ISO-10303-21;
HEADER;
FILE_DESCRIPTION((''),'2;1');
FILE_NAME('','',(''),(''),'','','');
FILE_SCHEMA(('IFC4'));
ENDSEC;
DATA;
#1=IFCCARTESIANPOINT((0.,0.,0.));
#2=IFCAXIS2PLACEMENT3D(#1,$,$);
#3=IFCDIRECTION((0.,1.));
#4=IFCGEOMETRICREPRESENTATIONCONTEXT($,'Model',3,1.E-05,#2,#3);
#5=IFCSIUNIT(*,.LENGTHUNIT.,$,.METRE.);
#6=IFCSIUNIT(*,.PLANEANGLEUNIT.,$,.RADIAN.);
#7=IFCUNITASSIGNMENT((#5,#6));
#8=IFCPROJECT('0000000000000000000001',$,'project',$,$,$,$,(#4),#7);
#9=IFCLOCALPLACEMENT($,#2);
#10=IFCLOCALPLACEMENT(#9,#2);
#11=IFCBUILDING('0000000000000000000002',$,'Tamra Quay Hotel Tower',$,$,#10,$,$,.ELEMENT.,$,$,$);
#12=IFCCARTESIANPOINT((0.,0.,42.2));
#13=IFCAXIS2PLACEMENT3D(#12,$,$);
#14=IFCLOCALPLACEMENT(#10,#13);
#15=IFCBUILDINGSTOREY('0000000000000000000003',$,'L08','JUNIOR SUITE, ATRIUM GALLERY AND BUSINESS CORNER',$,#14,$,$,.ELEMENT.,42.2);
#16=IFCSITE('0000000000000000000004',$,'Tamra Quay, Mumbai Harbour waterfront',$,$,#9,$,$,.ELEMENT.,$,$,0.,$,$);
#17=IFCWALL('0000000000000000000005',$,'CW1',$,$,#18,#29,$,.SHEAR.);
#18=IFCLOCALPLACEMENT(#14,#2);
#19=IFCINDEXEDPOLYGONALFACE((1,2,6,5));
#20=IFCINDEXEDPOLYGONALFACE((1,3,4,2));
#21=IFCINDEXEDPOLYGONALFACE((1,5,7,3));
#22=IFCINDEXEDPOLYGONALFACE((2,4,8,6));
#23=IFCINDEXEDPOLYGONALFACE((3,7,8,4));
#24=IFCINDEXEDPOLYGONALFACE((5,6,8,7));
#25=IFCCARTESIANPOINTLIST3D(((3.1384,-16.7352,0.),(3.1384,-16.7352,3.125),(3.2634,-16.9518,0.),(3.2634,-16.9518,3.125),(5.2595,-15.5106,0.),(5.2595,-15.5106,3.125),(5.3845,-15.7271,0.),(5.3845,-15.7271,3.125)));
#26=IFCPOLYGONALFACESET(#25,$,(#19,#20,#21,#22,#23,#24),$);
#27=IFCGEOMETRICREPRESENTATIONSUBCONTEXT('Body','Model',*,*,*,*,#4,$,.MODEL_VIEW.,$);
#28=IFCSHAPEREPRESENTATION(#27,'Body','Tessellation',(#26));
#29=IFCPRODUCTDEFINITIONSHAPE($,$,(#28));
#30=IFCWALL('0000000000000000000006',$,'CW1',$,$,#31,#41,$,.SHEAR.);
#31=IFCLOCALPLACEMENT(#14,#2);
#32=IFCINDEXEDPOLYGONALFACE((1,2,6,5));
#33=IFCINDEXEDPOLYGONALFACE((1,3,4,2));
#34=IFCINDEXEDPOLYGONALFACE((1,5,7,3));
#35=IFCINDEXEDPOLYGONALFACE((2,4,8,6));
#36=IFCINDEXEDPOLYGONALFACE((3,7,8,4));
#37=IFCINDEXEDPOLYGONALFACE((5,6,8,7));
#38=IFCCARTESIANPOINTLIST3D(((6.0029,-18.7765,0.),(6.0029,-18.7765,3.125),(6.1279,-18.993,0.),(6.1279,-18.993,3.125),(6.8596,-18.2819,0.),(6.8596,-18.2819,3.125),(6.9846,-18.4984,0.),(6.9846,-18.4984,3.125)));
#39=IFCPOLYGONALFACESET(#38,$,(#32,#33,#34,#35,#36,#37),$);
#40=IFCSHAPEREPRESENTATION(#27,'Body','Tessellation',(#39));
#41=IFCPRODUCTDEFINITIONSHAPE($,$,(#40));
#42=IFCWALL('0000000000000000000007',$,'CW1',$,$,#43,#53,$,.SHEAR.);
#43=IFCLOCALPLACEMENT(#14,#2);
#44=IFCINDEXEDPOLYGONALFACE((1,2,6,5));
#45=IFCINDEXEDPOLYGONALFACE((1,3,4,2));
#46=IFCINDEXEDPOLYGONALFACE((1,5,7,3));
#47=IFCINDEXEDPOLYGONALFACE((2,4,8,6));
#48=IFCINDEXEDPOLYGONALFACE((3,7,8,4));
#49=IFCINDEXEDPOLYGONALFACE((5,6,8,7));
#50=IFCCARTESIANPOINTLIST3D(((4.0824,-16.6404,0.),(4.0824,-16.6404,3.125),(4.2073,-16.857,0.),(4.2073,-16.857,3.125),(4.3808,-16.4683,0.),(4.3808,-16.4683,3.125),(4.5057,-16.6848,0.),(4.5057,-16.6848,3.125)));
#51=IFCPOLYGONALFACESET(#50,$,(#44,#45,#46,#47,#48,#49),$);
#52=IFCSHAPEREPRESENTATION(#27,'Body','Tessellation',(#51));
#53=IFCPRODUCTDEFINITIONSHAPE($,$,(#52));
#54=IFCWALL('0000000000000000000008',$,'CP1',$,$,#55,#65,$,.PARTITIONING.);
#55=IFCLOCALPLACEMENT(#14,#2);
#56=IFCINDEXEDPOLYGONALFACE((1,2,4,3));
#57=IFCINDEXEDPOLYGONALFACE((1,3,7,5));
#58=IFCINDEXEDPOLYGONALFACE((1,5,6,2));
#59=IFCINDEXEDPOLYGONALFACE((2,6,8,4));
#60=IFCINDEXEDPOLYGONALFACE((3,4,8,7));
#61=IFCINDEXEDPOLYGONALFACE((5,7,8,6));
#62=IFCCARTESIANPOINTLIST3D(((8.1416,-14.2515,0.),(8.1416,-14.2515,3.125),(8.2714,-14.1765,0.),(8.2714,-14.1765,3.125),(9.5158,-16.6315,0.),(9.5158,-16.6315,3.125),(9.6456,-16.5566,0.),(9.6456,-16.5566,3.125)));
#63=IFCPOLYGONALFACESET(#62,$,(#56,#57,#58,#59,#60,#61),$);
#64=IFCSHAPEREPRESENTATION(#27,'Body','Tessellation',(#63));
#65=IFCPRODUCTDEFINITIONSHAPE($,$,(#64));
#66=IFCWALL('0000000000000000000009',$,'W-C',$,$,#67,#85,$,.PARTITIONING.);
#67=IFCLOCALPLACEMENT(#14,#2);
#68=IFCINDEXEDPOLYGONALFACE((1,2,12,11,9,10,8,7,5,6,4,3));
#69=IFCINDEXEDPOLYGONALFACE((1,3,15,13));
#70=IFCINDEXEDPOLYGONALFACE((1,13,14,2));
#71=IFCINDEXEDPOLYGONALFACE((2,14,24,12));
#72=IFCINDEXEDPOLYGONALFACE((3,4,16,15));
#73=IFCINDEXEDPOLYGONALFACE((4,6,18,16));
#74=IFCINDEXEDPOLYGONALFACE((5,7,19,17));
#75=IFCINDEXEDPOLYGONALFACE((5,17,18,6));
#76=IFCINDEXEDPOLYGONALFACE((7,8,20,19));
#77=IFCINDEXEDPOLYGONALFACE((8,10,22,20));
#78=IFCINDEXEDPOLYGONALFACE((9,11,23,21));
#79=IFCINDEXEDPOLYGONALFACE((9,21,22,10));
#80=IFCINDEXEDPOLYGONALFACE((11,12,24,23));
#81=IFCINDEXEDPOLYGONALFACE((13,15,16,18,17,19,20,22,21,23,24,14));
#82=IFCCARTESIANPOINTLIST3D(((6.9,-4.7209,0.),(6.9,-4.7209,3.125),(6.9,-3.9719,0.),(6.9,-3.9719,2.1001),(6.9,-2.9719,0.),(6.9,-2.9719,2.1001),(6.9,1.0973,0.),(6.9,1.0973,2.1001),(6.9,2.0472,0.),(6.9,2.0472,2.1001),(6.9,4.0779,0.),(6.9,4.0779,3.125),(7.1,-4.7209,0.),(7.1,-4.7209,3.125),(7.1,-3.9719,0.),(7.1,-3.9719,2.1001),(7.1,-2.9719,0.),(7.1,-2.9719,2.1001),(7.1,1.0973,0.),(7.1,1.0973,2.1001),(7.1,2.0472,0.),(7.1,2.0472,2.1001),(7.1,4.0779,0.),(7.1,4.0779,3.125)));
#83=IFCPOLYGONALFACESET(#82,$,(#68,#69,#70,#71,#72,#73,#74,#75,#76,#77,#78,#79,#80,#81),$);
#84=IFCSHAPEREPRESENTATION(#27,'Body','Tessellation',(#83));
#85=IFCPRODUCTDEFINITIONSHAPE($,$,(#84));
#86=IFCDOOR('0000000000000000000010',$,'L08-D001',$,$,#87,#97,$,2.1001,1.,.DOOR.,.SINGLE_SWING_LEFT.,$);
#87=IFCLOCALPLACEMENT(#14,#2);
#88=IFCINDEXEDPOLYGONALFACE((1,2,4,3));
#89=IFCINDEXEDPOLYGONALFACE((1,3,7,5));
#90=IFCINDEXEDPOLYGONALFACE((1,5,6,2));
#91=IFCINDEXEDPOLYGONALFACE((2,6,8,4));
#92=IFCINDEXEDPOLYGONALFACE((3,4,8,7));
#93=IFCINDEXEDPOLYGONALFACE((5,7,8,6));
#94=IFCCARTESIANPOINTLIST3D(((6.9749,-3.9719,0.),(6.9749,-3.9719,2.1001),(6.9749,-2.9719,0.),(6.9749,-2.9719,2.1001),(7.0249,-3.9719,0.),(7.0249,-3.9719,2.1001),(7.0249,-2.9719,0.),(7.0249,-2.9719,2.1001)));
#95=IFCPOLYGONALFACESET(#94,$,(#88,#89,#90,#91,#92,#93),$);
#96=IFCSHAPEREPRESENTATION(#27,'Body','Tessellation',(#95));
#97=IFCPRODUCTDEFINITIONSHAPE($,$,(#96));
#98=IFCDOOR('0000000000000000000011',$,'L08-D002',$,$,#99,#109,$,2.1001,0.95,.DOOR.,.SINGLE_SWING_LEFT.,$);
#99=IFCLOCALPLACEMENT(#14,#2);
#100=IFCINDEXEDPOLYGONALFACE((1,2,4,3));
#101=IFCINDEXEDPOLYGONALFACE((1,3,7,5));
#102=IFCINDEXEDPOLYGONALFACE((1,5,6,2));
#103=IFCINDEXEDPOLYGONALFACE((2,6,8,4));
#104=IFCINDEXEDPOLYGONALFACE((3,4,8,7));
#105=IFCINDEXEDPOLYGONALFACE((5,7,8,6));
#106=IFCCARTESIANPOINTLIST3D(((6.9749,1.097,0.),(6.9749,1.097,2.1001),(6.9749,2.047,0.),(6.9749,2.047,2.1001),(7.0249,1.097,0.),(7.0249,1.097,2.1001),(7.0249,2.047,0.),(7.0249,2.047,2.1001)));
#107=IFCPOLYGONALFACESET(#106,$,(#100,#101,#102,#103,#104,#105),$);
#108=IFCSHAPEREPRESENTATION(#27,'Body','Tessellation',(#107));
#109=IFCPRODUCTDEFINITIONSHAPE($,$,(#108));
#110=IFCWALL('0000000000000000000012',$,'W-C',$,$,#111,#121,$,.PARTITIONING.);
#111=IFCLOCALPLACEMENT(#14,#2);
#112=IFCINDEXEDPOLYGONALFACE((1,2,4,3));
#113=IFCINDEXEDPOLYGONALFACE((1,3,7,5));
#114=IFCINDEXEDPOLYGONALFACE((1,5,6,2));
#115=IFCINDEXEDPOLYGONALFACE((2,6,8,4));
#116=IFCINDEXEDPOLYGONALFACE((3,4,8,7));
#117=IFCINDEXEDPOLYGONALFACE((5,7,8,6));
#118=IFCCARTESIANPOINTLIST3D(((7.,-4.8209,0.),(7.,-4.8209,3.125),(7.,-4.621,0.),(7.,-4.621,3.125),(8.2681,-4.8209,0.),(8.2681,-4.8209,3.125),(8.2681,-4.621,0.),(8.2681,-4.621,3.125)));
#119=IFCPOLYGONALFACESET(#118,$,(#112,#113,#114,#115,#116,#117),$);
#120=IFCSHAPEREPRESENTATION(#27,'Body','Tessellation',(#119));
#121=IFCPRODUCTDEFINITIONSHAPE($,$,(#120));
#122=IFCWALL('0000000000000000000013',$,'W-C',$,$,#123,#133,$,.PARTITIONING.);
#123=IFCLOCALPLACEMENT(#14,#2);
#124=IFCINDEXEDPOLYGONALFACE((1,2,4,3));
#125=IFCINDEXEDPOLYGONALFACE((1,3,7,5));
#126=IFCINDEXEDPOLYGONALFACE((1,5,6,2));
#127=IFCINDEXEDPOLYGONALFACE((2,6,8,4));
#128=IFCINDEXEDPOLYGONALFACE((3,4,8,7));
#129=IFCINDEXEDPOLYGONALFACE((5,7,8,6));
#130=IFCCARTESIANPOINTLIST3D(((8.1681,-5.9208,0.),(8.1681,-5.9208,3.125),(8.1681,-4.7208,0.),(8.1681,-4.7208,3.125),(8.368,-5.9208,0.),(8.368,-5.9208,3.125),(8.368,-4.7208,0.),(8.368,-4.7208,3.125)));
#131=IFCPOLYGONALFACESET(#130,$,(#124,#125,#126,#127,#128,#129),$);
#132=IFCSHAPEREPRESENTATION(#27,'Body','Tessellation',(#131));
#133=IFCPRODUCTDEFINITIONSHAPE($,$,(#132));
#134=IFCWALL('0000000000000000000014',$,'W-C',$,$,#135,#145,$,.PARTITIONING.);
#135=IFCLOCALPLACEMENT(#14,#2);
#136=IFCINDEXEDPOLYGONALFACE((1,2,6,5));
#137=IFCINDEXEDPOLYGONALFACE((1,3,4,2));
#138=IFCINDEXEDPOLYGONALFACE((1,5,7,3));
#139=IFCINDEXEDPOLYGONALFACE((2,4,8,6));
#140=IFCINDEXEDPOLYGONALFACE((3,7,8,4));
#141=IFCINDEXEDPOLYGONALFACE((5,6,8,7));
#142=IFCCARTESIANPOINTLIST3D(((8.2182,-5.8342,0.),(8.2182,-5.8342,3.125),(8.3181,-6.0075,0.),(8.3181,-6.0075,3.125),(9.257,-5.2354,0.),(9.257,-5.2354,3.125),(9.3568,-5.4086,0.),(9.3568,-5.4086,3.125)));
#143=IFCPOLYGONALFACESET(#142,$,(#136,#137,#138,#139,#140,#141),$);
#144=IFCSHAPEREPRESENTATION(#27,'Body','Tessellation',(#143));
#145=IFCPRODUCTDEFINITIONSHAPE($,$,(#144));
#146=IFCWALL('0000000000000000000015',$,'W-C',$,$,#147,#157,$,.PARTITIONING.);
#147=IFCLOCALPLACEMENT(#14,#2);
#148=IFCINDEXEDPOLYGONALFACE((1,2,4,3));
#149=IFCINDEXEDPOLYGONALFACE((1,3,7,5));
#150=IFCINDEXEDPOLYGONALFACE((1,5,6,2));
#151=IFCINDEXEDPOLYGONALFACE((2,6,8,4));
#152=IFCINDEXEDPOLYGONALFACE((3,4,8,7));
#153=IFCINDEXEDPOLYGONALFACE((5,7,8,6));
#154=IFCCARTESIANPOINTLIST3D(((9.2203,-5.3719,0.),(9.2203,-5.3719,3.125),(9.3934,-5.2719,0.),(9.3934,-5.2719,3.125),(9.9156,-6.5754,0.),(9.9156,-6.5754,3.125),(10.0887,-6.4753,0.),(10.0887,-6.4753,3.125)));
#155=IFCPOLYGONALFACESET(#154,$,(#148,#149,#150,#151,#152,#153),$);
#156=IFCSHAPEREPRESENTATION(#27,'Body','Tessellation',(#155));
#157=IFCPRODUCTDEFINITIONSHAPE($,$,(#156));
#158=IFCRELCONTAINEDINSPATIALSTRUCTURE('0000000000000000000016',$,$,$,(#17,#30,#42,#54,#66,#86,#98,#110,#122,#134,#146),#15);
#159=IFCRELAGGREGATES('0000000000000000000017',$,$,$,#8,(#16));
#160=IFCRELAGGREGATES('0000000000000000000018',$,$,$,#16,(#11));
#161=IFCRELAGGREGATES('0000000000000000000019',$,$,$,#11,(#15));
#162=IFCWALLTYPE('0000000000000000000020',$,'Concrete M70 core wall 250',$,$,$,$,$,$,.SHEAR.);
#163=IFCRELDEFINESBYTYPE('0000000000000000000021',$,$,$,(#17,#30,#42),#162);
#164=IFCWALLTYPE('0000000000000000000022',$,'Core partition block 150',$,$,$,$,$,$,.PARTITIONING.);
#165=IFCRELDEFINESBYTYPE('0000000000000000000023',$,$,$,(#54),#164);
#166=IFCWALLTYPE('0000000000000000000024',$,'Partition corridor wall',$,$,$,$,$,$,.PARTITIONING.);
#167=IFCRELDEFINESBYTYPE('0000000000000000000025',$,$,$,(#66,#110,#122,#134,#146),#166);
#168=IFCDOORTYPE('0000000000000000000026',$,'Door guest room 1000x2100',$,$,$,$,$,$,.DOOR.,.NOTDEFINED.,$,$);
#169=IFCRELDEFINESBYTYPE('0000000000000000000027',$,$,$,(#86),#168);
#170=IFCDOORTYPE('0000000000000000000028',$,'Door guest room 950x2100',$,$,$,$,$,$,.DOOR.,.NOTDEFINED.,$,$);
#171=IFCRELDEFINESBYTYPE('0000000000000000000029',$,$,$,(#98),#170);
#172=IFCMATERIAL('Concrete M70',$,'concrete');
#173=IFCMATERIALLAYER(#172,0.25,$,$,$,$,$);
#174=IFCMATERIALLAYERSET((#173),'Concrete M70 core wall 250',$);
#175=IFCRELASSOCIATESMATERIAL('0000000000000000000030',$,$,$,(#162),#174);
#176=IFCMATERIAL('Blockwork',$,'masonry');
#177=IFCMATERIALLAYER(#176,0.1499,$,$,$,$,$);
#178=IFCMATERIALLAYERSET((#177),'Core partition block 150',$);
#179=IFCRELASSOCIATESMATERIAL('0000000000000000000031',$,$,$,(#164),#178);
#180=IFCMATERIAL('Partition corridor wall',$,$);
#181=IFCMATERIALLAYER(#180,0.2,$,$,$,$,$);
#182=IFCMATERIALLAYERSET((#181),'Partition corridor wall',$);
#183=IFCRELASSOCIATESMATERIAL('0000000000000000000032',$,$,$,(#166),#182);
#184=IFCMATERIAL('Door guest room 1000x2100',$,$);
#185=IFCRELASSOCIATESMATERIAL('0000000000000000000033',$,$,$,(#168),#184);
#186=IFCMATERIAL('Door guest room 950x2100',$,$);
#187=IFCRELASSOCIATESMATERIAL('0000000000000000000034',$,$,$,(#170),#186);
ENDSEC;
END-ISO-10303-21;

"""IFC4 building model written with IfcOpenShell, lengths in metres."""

from ifc_helpers import new_model, si_unit, direction, frame, frame_2d, origin, place, context, subcontext, project, spatial, rectangle, extrude, material, layer, layer_set, type_object, element, fill, save


model = new_model("IFC4")

# Units and contexts
model_context = context("Model", 3, precision=1e-05, world=origin(), true_north=direction((0.0, 1.0)))
body_context = subcontext(model_context, "Body", "Model", "MODEL_VIEW")
ifc_project = project(units=[si_unit("LENGTHUNIT", "METRE"), si_unit("PLANEANGLEUNIT", "RADIAN")], contexts=[model_context])

# Site, building, storey
site_placement = place(None, origin())
site = spatial("IfcSite", under=ifc_project, at=site_placement, Name="Tamra Quay, Mumbai Harbour waterfront", CompositionType="ELEMENT", RefElevation=0.0)
building_placement = place(site_placement, origin())
building = spatial("IfcBuilding", under=site, at=building_placement, Name="Tamra Quay Hotel Tower", CompositionType="ELEMENT")
storey_placement = place(building_placement, frame((0.0, 0.0, 42.2)))
storey = spatial("IfcBuildingStorey", under=building, at=storey_placement, Name="L08", Description="JUNIOR SUITE, ATRIUM GALLERY AND BUSINESS CORNER", CompositionType="ELEMENT", Elevation=42.2)

# Shared definitions
ifc_material_1 = material(Name="Concrete M70", Category="concrete")

# Walls
ifc_layer_1 = layer(ifc_material_1, 0.25)
ifc_layer_set_1 = layer_set([ifc_layer_1], Name="Concrete M70 core wall 250")
wall_type_1 = type_object("IfcWallType", Name="Concrete M70 core wall 250", PredefinedType="SHEAR", material=ifc_layer_set_1)
wall_1_placement = place(storey_placement, frame((5.322, -15.6189, 0.0), z_axis=(0.0, 0.0, 1.0), x_axis=(-0.866026, -0.499999, 0.0)))
element("IfcWall", 1, at=wall_1_placement, inside=storey, type_object=wall_type_1, Name="CW1", PredefinedType="SHEAR", context=body_context, shape_type="SweptSolid", body=[
    extrude(rectangle(XDim=2.4492, YDim=0.25, at=frame_2d((1.2246, 0.0))), origin(), (0.0, 0.0, 1.0), 3.125),
])
wall_2_placement = place(storey_placement, frame((6.0654, -18.8848, 0.0), z_axis=(0.0, 0.0, 1.0), x_axis=(0.866017, 0.500014, 0.0)))
element("IfcWall", 2, at=wall_2_placement, inside=storey, type_object=wall_type_1, Name="CW1", PredefinedType="SHEAR", context=body_context, shape_type="SweptSolid", body=[
    extrude(rectangle(XDim=0.9893, YDim=0.25, at=frame_2d((0.4946, 0.0))), origin(), (0.0, 0.0, 1.0), 3.125),
])
wall_3_placement = place(storey_placement, frame((4.1448, -16.7488, 0.0), z_axis=(0.0, 0.0, 1.0), x_axis=(0.866186, 0.499722, 0.0)))
element("IfcWall", 3, at=wall_3_placement, inside=storey, type_object=wall_type_1, Name="CW1", PredefinedType="SHEAR", context=body_context, shape_type="SweptSolid", body=[
    extrude(rectangle(XDim=0.3445, YDim=0.25, at=frame_2d((0.1724, 0.0))), origin(), (0.0, 0.0, 1.0), 3.125),
])
ifc_material_2 = material(Name="Blockwork", Category="masonry")
ifc_layer_2 = layer(ifc_material_2, 0.1499)
ifc_layer_set_2 = layer_set([ifc_layer_2], Name="Core partition block 150")
wall_type_2 = type_object("IfcWallType", Name="Core partition block 150", PredefinedType="PARTITIONING", material=ifc_layer_set_2)
wall_4_placement = place(storey_placement, frame((8.2065, -14.2141, 0.0), z_axis=(0.0, 0.0, 1.0), x_axis=(0.500027, -0.86601, 0.0)))
element("IfcWall", 4, at=wall_4_placement, inside=storey, type_object=wall_type_2, Name="CP1", PredefinedType="PARTITIONING", context=body_context, shape_type="SweptSolid", body=[
    extrude(rectangle(XDim=2.7483, YDim=0.1499, at=frame_2d((1.374, 0.0))), origin(), (0.0, 0.0, 1.0), 3.125),
])

# Wall, openings, doors
ifc_material_3 = material(Name="Partition corridor wall")
ifc_layer_3 = layer(ifc_material_3, 0.2)
ifc_layer_set_3 = layer_set([ifc_layer_3], Name="Partition corridor wall")
wall_type_3 = type_object("IfcWallType", Name="Partition corridor wall", PredefinedType="PARTITIONING", material=ifc_layer_set_3)
wall_5_placement = place(storey_placement, frame((7.0, -4.7209, 0.0), z_axis=(0.0, 0.0, 1.0), x_axis=(0.0, 1.0, 0.0)))
wall_5 = element("IfcWall", 5, at=wall_5_placement, inside=storey, type_object=wall_type_3, Name="W-C", PredefinedType="PARTITIONING", context=body_context, shape_type="SweptSolid", body=[
    extrude(rectangle(XDim=8.7988, YDim=0.2, at=frame_2d((4.3994, 0.0))), origin(), (0.0, 0.0, 1.0), 3.125),
])
opening_1_placement = place(wall_5_placement, frame((0.749, 0.0, 0.0)))
opening_1 = element("IfcOpeningElement", 6, at=opening_1_placement, cuts=wall_5, PredefinedType="OPENING", context=body_context, shape_type="SweptSolid", body=[
    extrude(rectangle(XDim=1.0, YDim=2.1001, at=frame_2d((0.5, 1.05))), frame((0.0, 0.1099, 0.0), z_axis=(0.0, -1.0, 0.0), x_axis=(1.0, 0.0, 0.0)), (0.0, 0.0, 1.0), 0.22),
])
opening_2_placement = place(wall_5_placement, frame((5.8181, 0.0, 0.0)))
opening_2 = element("IfcOpeningElement", 7, at=opening_2_placement, cuts=wall_5, PredefinedType="OPENING", context=body_context, shape_type="SweptSolid", body=[
    extrude(rectangle(XDim=0.95, YDim=2.1001, at=frame_2d((0.4751, 1.05))), frame((0.0, 0.1099, 0.0), z_axis=(0.0, -1.0, 0.0), x_axis=(1.0, 0.0, 0.0)), (0.0, 0.0, 1.0), 0.22),
])
ifc_material_4 = material(Name="Door guest room 1000x2100")
door_type_1 = type_object("IfcDoorType", Name="Door guest room 1000x2100", OperationType="NOTDEFINED", PredefinedType="DOOR", material=ifc_material_4)
door_1_placement = place(opening_1_placement, frame((1.0, 0.0, 0.0), z_axis=(0.0, 0.0, 1.0), x_axis=(-1.0, 0.0, 0.0)))
door_1 = element("IfcDoor", 8, at=door_1_placement, inside=storey, type_object=door_type_1, Name="L08-D001", OperationType="SINGLE_SWING_LEFT", OverallHeight=2.1001, OverallWidth=1.0, PredefinedType="DOOR", context=body_context, shape_type="SweptSolid", body=[
    extrude(rectangle(XDim=1.0, YDim=2.1001, at=frame_2d((0.5, 1.05))), frame((0.0, 0.0249, 0.0), z_axis=(0.0, -1.0, 0.0), x_axis=(1.0, 0.0, 0.0)), (0.0, 0.0, 1.0), 0.05),
])
fill(opening_1, door_1)
ifc_material_5 = material(Name="Door guest room 950x2100")
door_type_2 = type_object("IfcDoorType", Name="Door guest room 950x2100", OperationType="NOTDEFINED", PredefinedType="DOOR", material=ifc_material_5)
door_2_placement = place(opening_2_placement, frame((0.95, 0.0, 0.0), z_axis=(0.0, 0.0, 1.0), x_axis=(-1.0, 0.0, 0.0)))
door_2 = element("IfcDoor", 9, at=door_2_placement, inside=storey, type_object=door_type_2, Name="L08-D002", OperationType="SINGLE_SWING_LEFT", OverallHeight=2.1001, OverallWidth=0.95, PredefinedType="DOOR", context=body_context, shape_type="SweptSolid", body=[
    extrude(rectangle(XDim=0.95, YDim=2.1001, at=frame_2d((0.4751, 1.05))), frame((0.0, 0.0249, 0.0), z_axis=(0.0, -1.0, 0.0), x_axis=(1.0, 0.0, 0.0)), (0.0, 0.0, 1.0), 0.05),
])
fill(opening_2, door_2)

# Walls
wall_6_placement = place(storey_placement, frame((7.0, -4.7209, 0.0), z_axis=(0.0, 0.0, 1.0), x_axis=(1.0, 0.0, 0.0)))
element("IfcWall", 10, at=wall_6_placement, inside=storey, type_object=wall_type_3, Name="W-C", PredefinedType="PARTITIONING", context=body_context, shape_type="SweptSolid", body=[
    extrude(rectangle(XDim=1.2681, YDim=0.2, at=frame_2d((0.634, 0.0))), origin(), (0.0, 0.0, 1.0), 3.125),
])
wall_7_placement = place(storey_placement, frame((8.2681, -5.9209, 0.0), z_axis=(0.0, 0.0, 1.0), x_axis=(0.0, 1.0, 0.0)))
element("IfcWall", 11, at=wall_7_placement, inside=storey, type_object=wall_type_3, Name="W-C", PredefinedType="PARTITIONING", context=body_context, shape_type="SweptSolid", body=[
    extrude(rectangle(XDim=1.2, YDim=0.2, at=frame_2d((0.6001, 0.0))), origin(), (0.0, 0.0, 1.0), 3.125),
])
wall_8_placement = place(storey_placement, frame((8.2681, -5.9209, 0.0), z_axis=(0.0, 0.0, 1.0), x_axis=(0.866345, 0.499446, 0.0)))
element("IfcWall", 12, at=wall_8_placement, inside=storey, type_object=wall_type_3, Name="W-C", PredefinedType="PARTITIONING", context=body_context, shape_type="SweptSolid", body=[
    extrude(rectangle(XDim=1.199, YDim=0.2, at=frame_2d((0.5996, 0.0))), origin(), (0.0, 0.0, 1.0), 3.125),
])
wall_9_placement = place(storey_placement, frame((9.3069, -5.322, 0.0), z_axis=(0.0, 0.0, 1.0), x_axis=(0.500295, -0.865855, 0.0)))
element("IfcWall", 13, at=wall_9_placement, inside=storey, type_object=wall_type_3, Name="W-C", PredefinedType="PARTITIONING", context=body_context, shape_type="SweptSolid", body=[
    extrude(rectangle(XDim=1.3899, YDim=0.2, at=frame_2d((0.6948, 0.0))), origin(), (0.0, 0.0, 1.0), 3.125),
])

save(model, "model.ifc")
